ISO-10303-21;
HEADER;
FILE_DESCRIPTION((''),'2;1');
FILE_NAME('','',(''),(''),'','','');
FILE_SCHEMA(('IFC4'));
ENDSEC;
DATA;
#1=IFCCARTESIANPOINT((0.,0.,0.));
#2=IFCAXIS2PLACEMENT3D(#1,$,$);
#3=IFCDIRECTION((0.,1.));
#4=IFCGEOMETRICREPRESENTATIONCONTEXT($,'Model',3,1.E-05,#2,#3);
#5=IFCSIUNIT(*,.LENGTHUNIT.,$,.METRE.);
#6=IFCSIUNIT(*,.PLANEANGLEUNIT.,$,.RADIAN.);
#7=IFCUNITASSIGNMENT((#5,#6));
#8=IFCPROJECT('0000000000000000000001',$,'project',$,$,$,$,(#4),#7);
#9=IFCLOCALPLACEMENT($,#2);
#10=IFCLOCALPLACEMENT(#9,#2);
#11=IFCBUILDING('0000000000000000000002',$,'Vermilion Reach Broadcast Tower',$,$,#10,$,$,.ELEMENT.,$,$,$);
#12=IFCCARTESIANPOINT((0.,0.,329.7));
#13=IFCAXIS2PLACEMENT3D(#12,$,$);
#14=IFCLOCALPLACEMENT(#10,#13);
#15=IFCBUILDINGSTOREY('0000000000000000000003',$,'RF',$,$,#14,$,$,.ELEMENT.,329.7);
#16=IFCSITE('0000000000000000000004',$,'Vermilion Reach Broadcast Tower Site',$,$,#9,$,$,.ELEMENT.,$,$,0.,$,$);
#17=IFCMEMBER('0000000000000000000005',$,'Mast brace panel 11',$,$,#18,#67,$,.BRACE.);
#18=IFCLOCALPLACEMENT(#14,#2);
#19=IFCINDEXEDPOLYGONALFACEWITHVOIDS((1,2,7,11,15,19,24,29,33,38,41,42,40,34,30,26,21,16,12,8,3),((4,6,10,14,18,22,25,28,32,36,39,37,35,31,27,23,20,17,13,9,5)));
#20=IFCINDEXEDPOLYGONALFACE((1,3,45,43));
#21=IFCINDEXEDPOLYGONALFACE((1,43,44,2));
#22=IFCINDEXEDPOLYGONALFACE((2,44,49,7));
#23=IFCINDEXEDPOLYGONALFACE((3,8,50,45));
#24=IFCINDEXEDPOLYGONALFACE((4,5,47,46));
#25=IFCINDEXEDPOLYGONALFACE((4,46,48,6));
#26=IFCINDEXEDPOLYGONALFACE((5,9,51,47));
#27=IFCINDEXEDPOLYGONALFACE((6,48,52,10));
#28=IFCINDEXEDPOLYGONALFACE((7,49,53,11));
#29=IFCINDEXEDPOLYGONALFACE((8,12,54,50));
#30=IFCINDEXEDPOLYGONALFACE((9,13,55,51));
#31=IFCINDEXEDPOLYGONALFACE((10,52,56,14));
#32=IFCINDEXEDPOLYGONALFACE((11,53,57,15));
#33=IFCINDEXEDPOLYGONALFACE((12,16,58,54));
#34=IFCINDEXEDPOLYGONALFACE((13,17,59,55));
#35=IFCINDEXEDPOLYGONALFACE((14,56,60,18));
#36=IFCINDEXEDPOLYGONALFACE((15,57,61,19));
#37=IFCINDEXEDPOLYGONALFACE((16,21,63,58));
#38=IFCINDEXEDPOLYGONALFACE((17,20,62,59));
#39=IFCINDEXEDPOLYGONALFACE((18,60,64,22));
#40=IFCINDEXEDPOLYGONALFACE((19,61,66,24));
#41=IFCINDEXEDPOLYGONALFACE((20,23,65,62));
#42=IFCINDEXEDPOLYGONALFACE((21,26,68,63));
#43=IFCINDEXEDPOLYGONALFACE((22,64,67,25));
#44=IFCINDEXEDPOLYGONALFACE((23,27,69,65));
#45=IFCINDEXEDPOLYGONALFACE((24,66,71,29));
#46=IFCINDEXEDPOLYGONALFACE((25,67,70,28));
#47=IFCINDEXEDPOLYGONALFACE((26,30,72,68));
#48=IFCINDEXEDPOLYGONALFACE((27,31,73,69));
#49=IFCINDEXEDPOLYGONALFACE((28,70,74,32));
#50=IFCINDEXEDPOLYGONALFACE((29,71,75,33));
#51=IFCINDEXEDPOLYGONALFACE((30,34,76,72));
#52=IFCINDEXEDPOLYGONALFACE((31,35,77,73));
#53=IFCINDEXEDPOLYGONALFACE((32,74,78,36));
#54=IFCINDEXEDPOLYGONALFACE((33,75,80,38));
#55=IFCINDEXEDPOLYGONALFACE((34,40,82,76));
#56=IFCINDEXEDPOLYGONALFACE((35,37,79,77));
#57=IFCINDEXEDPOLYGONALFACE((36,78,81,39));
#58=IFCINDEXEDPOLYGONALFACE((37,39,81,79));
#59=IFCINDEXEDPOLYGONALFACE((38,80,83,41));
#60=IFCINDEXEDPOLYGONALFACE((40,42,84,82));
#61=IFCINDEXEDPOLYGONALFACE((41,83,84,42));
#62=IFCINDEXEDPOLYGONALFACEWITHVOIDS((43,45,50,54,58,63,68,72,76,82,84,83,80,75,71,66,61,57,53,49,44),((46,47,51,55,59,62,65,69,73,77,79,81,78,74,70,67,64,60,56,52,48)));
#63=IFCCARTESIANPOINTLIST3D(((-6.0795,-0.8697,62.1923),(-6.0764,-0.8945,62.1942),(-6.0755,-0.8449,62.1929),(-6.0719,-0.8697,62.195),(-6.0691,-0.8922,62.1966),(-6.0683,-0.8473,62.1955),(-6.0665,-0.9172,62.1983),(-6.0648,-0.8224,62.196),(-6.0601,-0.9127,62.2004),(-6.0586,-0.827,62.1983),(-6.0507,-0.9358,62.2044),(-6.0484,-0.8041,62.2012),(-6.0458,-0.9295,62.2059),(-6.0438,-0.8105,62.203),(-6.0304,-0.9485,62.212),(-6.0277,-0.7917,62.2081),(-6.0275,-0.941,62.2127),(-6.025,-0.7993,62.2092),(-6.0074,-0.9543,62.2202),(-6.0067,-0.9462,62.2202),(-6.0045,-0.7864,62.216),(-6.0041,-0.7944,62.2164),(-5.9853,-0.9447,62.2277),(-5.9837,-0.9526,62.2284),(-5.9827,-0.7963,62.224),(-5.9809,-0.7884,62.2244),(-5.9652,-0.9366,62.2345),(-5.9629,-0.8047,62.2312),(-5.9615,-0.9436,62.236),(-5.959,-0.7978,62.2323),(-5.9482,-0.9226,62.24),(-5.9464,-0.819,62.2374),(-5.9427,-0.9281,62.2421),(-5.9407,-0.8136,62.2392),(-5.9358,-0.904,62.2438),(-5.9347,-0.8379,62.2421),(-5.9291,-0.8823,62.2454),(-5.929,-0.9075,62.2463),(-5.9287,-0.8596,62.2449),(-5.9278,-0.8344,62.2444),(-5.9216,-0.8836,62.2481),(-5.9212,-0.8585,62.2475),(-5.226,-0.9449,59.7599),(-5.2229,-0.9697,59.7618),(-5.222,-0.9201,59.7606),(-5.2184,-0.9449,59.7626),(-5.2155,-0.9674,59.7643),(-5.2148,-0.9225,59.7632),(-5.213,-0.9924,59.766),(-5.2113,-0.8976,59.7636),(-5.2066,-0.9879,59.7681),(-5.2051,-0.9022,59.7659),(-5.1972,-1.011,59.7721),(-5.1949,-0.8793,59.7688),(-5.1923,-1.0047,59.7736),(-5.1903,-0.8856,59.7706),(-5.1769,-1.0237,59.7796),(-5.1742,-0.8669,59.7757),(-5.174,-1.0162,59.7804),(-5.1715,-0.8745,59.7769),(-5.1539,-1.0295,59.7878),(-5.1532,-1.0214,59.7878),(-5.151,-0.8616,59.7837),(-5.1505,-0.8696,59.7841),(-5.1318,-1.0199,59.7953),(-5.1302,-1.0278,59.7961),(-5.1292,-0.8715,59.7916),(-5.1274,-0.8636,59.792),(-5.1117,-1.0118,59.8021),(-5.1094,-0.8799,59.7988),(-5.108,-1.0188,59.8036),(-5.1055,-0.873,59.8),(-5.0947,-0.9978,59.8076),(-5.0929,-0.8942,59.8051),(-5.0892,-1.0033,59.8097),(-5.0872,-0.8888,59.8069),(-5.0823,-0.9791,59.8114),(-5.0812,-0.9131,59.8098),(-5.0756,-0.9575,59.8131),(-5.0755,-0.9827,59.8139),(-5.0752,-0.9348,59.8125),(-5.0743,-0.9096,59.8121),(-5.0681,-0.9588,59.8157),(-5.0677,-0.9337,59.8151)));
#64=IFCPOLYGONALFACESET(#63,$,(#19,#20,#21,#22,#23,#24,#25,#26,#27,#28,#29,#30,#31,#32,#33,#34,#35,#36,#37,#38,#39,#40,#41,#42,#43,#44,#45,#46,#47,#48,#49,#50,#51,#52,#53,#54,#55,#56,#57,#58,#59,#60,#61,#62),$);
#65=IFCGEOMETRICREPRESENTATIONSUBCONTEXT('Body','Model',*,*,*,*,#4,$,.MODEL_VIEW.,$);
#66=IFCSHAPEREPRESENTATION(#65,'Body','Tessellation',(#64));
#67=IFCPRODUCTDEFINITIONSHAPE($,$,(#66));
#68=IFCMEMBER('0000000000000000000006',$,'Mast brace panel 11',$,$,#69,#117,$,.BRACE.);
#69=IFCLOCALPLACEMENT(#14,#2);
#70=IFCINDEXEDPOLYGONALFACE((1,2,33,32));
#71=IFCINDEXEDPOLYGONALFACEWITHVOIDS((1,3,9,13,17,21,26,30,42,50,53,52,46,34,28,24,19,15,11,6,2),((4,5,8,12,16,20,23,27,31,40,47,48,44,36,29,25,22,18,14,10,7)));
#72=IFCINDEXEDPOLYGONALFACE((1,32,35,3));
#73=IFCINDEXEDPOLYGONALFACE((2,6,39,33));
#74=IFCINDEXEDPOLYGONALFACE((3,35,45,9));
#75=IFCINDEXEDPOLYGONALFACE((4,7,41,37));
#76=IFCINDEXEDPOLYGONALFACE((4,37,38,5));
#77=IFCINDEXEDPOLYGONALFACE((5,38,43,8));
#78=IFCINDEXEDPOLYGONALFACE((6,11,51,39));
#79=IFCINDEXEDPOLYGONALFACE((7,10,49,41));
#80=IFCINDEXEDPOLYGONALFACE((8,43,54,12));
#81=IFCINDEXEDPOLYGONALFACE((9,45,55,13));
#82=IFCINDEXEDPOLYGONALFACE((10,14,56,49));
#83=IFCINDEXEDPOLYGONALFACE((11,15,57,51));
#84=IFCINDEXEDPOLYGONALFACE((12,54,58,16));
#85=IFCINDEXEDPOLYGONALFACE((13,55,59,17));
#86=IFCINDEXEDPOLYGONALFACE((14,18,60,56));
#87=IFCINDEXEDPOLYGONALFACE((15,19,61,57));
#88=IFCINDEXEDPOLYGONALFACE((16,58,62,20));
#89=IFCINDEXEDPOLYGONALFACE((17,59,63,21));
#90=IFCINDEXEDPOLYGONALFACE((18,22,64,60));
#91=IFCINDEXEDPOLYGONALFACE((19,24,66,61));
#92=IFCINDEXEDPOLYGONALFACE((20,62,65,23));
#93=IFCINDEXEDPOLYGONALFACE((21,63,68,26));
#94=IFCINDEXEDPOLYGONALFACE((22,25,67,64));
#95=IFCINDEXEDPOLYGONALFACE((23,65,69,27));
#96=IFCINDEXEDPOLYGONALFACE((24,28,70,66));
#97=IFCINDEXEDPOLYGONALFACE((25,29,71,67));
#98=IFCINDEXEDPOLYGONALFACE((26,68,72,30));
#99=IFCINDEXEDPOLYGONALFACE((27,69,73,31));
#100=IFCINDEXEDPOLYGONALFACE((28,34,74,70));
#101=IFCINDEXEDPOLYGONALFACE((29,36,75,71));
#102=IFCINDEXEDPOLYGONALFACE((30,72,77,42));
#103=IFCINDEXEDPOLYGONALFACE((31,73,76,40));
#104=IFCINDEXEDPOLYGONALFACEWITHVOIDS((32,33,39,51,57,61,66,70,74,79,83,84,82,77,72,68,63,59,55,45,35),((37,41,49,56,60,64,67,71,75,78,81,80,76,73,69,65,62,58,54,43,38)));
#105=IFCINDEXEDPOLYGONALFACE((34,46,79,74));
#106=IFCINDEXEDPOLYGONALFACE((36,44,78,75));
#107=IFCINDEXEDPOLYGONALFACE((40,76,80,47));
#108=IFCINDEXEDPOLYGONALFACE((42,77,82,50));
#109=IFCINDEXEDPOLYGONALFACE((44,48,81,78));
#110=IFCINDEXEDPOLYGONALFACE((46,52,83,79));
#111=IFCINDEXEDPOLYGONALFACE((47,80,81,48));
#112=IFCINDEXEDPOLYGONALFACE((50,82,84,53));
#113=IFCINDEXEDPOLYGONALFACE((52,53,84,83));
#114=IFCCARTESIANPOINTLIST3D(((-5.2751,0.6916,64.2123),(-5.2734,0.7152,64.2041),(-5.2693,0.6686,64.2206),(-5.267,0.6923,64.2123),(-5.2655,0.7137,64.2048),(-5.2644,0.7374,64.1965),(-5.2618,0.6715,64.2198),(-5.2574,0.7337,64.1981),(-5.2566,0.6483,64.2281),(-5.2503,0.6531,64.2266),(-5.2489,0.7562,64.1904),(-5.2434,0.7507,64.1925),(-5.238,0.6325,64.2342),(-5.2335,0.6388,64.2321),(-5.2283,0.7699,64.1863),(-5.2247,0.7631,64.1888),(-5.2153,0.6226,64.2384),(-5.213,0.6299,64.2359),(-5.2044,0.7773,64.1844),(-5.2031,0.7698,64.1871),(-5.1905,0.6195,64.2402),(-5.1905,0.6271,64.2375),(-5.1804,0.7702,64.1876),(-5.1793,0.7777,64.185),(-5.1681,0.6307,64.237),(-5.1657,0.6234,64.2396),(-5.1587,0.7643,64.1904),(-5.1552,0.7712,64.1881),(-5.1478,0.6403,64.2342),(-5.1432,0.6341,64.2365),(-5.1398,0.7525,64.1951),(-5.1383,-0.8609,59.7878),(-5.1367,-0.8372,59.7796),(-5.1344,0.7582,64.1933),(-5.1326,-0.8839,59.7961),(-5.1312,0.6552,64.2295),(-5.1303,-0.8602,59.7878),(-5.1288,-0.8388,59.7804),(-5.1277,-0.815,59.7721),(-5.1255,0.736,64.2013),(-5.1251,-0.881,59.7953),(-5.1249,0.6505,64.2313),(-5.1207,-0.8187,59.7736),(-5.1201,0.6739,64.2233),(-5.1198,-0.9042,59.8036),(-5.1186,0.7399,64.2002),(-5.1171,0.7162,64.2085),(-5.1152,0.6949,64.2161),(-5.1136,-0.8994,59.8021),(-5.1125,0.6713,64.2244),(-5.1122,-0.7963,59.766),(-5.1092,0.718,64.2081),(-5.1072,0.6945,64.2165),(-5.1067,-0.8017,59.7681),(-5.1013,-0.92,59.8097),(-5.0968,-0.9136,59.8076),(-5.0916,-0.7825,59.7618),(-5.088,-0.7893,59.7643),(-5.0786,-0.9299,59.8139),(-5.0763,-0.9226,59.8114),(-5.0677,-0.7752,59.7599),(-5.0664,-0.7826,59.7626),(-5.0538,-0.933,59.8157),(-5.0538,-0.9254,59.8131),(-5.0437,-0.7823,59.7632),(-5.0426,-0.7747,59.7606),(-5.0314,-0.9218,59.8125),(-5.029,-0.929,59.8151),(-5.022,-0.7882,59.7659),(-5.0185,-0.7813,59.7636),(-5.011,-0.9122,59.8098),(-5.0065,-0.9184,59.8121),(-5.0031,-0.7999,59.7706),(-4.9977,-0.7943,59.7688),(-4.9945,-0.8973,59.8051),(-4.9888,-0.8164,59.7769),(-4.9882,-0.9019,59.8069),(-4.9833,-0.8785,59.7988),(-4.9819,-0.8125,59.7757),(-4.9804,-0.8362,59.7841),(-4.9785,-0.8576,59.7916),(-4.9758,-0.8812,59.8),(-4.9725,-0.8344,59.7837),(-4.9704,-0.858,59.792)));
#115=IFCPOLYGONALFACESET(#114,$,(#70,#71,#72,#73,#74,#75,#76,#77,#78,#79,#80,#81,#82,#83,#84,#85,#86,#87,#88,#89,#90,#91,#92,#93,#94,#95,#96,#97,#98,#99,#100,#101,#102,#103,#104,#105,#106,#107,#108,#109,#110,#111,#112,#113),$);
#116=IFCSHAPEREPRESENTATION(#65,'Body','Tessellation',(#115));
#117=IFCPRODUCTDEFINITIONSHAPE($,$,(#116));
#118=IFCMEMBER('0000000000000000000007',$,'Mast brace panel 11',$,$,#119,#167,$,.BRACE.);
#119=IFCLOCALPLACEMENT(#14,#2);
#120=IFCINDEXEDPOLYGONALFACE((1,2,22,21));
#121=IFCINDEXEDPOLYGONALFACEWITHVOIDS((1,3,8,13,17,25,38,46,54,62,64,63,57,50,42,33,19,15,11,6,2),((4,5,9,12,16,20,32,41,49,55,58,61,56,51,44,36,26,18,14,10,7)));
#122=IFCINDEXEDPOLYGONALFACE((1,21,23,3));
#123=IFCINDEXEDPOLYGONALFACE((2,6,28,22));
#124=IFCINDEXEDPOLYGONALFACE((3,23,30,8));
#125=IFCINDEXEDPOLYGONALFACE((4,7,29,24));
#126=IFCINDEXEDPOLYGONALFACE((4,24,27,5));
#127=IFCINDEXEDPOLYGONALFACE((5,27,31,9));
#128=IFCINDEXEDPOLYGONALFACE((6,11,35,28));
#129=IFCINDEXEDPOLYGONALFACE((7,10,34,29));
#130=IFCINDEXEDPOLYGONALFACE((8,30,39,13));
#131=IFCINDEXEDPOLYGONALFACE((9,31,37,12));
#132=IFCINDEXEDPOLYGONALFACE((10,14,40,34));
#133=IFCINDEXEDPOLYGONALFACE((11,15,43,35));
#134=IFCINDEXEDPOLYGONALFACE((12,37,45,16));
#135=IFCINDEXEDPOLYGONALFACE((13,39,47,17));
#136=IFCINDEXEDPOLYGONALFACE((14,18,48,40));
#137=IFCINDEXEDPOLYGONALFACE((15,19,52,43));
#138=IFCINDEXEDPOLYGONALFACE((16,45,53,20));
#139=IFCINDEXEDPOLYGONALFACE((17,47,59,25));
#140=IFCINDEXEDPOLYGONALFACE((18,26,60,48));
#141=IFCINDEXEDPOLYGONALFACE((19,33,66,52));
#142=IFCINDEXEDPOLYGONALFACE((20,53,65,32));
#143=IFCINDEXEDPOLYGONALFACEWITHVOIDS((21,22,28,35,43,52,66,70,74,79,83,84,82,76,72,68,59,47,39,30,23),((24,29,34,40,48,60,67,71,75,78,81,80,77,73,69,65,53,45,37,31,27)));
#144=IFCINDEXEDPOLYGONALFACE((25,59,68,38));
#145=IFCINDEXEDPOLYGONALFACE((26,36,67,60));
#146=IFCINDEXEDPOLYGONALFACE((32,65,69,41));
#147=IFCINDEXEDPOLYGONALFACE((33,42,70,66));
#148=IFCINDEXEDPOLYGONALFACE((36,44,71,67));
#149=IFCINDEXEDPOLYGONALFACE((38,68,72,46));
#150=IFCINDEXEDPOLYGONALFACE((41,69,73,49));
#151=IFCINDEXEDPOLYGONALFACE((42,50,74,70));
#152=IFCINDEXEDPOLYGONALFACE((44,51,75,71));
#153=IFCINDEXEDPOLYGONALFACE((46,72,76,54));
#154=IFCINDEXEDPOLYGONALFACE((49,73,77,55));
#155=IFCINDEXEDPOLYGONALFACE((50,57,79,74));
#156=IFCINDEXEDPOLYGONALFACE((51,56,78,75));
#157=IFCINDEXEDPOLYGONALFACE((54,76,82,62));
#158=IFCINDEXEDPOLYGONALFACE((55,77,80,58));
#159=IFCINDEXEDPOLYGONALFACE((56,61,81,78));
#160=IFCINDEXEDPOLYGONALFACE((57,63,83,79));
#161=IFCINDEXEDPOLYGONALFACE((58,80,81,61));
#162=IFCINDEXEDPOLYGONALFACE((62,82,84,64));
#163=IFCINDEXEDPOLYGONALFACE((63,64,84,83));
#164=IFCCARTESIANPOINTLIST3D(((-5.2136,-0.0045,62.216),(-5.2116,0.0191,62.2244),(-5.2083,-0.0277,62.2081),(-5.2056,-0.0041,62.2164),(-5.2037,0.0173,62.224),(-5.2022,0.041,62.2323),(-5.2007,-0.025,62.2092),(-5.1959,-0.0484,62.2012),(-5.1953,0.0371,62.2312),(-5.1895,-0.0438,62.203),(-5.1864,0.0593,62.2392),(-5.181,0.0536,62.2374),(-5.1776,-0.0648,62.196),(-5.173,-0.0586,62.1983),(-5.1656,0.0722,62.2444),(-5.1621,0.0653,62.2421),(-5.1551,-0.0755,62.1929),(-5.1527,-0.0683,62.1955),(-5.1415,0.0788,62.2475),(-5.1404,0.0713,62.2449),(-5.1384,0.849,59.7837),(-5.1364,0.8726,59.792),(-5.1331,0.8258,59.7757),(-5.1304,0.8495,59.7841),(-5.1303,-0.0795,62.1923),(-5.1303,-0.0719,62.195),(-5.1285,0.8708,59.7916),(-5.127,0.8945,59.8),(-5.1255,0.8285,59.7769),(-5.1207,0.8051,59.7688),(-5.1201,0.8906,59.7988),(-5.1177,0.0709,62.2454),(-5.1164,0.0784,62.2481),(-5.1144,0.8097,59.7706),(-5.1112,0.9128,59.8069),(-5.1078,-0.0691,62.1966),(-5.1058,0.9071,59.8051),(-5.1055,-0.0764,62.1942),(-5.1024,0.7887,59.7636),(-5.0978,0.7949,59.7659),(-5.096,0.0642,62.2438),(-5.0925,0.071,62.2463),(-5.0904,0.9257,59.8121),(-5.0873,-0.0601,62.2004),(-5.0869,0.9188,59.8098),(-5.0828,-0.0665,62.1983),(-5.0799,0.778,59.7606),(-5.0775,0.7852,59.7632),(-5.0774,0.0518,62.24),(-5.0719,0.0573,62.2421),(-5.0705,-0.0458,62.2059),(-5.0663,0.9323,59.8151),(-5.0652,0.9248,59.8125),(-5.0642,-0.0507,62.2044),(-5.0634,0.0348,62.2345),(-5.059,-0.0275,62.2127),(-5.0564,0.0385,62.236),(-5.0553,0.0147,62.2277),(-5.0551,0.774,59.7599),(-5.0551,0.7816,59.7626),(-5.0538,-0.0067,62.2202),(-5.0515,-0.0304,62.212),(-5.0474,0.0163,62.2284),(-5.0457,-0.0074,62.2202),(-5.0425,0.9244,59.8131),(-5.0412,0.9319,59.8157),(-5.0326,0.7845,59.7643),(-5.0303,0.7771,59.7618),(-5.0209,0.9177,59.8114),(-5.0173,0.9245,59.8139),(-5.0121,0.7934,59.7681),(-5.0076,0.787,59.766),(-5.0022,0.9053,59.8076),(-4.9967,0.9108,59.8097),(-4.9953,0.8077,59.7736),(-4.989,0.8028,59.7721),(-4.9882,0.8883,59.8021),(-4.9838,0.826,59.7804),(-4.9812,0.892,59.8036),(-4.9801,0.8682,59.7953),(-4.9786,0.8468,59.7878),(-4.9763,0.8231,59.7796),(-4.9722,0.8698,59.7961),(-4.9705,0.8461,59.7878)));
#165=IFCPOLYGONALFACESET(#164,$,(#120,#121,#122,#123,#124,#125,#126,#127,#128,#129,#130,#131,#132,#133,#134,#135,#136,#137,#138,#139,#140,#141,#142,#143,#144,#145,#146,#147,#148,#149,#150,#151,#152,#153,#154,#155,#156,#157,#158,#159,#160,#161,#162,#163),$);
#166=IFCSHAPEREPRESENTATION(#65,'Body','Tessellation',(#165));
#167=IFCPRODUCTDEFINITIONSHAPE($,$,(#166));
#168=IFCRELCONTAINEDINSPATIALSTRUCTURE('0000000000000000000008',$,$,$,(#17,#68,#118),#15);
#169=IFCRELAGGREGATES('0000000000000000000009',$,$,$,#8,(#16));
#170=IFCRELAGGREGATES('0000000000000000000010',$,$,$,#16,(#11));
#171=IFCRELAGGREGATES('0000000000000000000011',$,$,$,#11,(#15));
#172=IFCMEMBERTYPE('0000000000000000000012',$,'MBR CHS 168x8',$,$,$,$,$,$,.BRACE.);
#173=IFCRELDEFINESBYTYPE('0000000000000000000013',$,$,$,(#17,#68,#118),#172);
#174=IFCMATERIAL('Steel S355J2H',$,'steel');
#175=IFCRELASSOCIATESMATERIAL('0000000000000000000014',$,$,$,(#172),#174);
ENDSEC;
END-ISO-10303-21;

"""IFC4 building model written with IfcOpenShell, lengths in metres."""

from ifc_helpers import new_model, si_unit, direction, frame, origin, origin_2d, place, context, subcontext, project, spatial, hollow_circle, extrude, material, material_profile, profile_set, type_object, element, save


model = new_model("IFC4")

# Units and contexts
model_context = context("Model", 3, precision=1e-05, world=origin(), true_north=direction((0.0, 1.0)))
body_context = subcontext(model_context, "Body", "Model", "MODEL_VIEW")
ifc_project = project(units=[si_unit("LENGTHUNIT", "METRE"), si_unit("PLANEANGLEUNIT", "RADIAN")], contexts=[model_context])

# Site, building, storey
site_placement = place(None, origin())
site = spatial("IfcSite", under=ifc_project, at=site_placement, Name="Vermilion Reach Broadcast Tower Site", CompositionType="ELEMENT", RefElevation=0.0)
building_placement = place(site_placement, origin())
building = spatial("IfcBuilding", under=site, at=building_placement, Name="Vermilion Reach Broadcast Tower", CompositionType="ELEMENT")
storey_placement = place(building_placement, frame((0.0, 0.0, 329.7)))
storey = spatial("IfcBuildingStorey", under=building, at=storey_placement, Name="RF", CompositionType="ELEMENT", Elevation=329.7)

# Members
ifc_material_1 = material(Name="Steel S355J2H", Category="steel")
ifc_material_profile_1 = material_profile(ifc_material_1, hollow_circle(Radius=0.0842, WallThickness=0.0081, at=origin_2d()), Name="S355J2H CHS 168x8")
ifc_profile_set_1 = profile_set([ifc_material_profile_1], Name="Steel S355J2H")
member_type_1 = type_object("IfcMemberType", Name="MBR CHS 168x8", PredefinedType="BRACE", material=ifc_profile_set_1)
member_1_placement = place(storey_placement, frame((-5.1465, -0.9456, 59.7878), z_axis=(-0.330965, 0.029158, 0.943193), x_axis=(-0.087761, -0.996142, 0.0)))
element("IfcMember", 1, at=member_1_placement, inside=storey, type_object=member_type_1, Name="Mast brace panel 11", PredefinedType="BRACE", context=body_context, shape_type="SweptSolid", body=[
    extrude(hollow_circle(Radius=0.0842, WallThickness=0.0081, at=origin_2d()), origin(), (0.0, 0.0, 1.0), 2.5789),
])
member_2_placement = place(storey_placement, frame((-5.0544, -0.8535, 59.7878), z_axis=(-0.029145, 0.33095, 0.943198), x_axis=(-0.996145, -0.087725, 0.0)))
element("IfcMember", 2, at=member_2_placement, inside=storey, type_object=member_type_1, Name="Mast brace panel 11", PredefinedType="BRACE", context=body_context, shape_type="SweptSolid", body=[
    extrude(hollow_circle(Radius=0.0842, WallThickness=0.0081, at=origin_2d()), origin(), (0.0, 0.0, 1.0), 4.6909),
])
member_3_placement = place(storey_placement, frame((-5.0544, 0.8535, 59.7878), z_axis=(-0.029158, -0.330965, 0.943193), x_axis=(0.996142, -0.087761, 0.0)))
element("IfcMember", 3, at=member_3_placement, inside=storey, type_object=member_type_1, Name="Mast brace panel 11", PredefinedType="BRACE", context=body_context, shape_type="SweptSolid", body=[
    extrude(hollow_circle(Radius=0.0842, WallThickness=0.0081, at=origin_2d()), origin(), (0.0, 0.0, 1.0), 2.5789),
])

save(model, "model.ifc")
